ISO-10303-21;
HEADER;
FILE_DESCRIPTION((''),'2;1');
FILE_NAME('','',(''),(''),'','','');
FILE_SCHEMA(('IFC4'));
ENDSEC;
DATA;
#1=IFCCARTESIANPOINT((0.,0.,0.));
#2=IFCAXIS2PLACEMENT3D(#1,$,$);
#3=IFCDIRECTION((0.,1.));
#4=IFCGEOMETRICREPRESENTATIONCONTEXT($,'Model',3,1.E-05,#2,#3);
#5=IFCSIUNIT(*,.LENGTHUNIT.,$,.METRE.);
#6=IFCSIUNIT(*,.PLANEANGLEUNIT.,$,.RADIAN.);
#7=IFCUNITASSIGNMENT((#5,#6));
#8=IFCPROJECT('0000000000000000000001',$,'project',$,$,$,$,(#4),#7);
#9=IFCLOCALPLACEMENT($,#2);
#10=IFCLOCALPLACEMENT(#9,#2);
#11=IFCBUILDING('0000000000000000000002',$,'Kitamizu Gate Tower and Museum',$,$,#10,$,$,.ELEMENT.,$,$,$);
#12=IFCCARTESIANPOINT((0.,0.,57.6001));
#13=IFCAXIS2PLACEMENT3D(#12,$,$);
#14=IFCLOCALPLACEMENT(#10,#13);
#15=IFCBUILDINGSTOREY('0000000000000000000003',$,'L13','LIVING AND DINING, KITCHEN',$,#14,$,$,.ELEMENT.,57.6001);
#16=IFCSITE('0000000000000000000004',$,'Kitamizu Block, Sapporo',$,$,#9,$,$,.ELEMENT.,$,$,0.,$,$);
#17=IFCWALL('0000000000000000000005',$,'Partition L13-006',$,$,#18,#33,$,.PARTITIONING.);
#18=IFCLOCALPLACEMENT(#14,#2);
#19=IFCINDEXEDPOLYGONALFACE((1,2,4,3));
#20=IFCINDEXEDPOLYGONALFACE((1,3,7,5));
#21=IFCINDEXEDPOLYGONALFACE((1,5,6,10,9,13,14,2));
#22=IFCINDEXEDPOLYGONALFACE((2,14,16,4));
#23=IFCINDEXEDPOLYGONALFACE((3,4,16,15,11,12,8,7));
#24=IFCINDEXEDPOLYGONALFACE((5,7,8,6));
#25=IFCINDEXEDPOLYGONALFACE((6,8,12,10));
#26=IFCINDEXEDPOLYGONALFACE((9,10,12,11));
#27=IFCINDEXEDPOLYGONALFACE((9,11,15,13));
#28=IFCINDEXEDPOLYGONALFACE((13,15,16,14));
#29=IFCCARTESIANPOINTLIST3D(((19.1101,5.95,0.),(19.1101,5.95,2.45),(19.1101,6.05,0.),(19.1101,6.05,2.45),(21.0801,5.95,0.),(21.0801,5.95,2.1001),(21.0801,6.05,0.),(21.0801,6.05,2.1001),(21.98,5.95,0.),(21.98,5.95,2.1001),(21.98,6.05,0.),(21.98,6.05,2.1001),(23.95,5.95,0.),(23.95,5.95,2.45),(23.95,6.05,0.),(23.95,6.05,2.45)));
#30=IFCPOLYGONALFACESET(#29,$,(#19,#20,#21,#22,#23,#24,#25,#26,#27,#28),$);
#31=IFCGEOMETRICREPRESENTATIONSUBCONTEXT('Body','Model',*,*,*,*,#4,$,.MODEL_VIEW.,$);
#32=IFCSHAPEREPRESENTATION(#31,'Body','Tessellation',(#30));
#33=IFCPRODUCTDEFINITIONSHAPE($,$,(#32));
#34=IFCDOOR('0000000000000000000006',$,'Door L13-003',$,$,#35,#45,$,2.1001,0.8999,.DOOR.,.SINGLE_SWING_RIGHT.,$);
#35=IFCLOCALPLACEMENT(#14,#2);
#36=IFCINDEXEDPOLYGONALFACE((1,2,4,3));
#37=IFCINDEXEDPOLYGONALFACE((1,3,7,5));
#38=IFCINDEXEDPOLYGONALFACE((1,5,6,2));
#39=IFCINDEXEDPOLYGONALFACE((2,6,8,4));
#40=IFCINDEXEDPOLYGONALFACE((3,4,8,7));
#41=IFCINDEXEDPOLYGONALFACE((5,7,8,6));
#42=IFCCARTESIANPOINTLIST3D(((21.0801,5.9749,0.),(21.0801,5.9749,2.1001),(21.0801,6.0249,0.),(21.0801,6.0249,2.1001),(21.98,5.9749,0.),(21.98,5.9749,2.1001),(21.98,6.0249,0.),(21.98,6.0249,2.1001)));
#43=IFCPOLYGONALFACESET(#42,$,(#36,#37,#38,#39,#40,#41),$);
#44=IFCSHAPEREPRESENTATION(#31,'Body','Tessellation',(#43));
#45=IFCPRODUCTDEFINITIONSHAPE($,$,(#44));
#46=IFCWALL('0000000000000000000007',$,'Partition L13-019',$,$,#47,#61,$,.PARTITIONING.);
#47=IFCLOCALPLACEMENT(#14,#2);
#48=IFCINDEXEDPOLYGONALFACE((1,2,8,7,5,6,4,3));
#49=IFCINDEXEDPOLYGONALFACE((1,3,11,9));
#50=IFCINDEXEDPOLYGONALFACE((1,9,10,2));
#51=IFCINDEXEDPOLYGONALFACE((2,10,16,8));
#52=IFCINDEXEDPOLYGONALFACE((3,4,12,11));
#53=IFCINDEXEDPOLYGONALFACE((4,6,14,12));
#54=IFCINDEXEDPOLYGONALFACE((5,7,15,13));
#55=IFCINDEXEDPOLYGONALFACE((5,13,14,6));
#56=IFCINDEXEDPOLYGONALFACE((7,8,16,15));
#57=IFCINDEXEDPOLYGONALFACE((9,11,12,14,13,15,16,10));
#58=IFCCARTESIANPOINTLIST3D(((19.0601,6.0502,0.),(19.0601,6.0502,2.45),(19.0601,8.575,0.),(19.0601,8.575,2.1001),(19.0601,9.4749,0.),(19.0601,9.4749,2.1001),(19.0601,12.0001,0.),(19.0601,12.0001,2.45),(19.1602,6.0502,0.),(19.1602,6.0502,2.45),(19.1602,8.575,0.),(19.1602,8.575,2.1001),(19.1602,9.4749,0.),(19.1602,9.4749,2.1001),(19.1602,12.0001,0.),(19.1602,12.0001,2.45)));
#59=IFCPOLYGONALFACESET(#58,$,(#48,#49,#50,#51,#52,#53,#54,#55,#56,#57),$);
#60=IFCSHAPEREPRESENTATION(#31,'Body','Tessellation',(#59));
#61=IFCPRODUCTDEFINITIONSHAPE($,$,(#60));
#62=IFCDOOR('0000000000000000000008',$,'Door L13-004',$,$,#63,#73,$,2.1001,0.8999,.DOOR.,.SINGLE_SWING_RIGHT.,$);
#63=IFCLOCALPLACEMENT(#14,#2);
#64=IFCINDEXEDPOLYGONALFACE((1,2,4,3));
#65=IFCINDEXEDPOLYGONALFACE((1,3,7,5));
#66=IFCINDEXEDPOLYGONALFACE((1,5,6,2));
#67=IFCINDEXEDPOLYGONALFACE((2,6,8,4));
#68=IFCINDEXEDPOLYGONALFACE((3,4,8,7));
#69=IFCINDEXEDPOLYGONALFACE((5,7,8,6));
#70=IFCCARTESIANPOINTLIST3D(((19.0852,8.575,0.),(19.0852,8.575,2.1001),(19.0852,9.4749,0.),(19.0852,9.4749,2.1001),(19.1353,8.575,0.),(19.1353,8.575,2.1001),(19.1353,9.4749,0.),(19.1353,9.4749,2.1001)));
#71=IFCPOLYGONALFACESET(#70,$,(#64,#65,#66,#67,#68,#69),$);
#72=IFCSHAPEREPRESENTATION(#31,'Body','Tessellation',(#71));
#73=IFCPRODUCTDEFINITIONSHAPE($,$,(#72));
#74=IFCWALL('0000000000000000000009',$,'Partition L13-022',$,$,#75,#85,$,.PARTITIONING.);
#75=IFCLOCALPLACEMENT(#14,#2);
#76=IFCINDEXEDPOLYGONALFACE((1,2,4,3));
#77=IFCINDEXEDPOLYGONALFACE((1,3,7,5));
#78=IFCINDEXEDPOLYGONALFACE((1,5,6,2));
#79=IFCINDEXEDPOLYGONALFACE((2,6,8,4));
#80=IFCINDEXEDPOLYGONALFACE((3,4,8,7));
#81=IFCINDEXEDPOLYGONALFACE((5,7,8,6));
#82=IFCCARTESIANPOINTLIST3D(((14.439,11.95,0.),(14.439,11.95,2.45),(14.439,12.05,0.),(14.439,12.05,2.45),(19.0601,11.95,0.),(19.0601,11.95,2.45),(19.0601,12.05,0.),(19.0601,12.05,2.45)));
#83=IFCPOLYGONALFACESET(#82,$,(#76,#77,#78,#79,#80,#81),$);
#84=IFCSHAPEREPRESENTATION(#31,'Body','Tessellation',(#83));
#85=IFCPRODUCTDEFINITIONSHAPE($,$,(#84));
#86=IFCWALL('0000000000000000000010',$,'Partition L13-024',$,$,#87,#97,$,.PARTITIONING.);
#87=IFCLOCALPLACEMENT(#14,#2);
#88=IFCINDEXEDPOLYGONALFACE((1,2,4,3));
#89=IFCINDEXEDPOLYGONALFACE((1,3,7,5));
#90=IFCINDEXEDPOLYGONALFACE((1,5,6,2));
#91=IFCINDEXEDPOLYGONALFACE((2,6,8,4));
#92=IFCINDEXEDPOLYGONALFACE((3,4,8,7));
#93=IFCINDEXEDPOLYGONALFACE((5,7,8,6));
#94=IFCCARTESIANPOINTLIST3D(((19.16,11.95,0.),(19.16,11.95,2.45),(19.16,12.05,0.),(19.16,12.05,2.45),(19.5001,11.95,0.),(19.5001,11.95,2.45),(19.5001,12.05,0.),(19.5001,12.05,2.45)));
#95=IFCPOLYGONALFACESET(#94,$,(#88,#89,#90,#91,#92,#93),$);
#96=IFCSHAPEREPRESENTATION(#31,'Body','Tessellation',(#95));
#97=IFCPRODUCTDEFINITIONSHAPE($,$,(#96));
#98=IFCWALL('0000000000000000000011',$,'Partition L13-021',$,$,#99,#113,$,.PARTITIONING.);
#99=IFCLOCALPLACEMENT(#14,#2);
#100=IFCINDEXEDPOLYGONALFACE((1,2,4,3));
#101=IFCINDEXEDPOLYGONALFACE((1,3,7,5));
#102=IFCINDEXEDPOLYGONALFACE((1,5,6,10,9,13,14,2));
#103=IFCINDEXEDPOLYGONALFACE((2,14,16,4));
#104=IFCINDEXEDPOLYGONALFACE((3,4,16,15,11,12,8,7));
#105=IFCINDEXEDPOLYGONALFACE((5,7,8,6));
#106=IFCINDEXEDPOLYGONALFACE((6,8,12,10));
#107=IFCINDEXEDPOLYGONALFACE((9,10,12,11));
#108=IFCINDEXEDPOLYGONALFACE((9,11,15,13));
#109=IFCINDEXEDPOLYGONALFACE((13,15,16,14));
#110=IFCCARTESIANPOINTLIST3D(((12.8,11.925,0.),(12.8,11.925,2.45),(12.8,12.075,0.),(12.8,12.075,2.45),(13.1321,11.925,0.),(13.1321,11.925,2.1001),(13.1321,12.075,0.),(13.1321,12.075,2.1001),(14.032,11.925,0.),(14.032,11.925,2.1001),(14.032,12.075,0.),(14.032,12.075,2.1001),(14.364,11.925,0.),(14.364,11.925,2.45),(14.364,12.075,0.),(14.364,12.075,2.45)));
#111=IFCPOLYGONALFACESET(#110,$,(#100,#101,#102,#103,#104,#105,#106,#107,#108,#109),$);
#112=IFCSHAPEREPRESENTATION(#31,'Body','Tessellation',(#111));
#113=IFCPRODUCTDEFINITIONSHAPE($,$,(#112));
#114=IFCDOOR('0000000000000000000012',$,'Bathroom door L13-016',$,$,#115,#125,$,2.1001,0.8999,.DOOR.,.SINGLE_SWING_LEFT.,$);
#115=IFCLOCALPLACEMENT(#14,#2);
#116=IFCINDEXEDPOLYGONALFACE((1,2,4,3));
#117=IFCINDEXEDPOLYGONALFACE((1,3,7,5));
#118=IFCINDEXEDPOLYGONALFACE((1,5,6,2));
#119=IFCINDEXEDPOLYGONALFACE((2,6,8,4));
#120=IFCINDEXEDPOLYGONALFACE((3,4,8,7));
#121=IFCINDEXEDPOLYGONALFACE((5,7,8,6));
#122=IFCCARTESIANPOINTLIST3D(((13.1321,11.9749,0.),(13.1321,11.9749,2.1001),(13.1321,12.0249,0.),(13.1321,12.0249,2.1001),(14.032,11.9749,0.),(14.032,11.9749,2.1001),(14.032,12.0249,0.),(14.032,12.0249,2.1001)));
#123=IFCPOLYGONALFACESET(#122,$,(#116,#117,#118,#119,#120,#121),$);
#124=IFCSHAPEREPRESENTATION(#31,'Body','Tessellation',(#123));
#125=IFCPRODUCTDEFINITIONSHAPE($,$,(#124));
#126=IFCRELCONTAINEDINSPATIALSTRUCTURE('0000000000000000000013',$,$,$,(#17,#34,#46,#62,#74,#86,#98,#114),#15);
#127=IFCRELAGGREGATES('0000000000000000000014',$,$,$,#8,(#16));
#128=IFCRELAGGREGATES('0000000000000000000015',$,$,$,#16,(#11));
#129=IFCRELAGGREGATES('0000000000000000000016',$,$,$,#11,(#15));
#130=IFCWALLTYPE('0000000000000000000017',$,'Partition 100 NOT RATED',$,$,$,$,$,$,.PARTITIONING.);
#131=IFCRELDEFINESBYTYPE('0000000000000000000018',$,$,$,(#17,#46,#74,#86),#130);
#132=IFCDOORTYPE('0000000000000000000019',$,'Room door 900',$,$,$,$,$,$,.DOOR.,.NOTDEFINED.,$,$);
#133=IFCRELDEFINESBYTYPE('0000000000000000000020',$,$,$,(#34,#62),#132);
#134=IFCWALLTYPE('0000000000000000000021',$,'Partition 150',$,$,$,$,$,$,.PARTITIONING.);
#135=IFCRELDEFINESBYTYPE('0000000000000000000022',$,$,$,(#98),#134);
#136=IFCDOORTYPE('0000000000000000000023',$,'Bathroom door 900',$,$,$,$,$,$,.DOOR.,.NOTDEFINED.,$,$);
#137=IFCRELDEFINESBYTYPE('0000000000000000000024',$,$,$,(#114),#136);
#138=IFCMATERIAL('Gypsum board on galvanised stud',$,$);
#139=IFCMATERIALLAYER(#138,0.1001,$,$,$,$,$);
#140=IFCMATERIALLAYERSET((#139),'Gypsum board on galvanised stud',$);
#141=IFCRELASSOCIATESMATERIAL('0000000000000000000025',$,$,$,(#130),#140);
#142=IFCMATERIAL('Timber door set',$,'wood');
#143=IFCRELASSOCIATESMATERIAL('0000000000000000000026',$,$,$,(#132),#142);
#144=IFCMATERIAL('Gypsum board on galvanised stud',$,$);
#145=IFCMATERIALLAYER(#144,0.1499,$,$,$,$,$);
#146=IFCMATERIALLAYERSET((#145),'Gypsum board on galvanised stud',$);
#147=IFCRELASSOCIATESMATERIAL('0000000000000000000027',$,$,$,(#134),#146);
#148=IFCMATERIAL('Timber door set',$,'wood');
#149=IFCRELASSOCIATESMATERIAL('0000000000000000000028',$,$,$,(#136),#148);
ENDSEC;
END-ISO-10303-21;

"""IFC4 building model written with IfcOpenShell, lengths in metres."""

from ifc_helpers import new_model, si_unit, direction, frame, frame_2d, origin, place, context, subcontext, project, spatial, rectangle, extrude, material, layer, layer_set, type_object, element, fill, save


model = new_model("IFC4")

# Units and contexts
model_context = context("Model", 3, precision=1e-05, world=origin(), true_north=direction((0.0, 1.0)))
body_context = subcontext(model_context, "Body", "Model", "MODEL_VIEW")
ifc_project = project(units=[si_unit("LENGTHUNIT", "METRE"), si_unit("PLANEANGLEUNIT", "RADIAN")], contexts=[model_context])

# Site, building, storey
site_placement = place(None, origin())
site = spatial("IfcSite", under=ifc_project, at=site_placement, Name="Kitamizu Block, Sapporo", CompositionType="ELEMENT", RefElevation=0.0)
building_placement = place(site_placement, origin())
building = spatial("IfcBuilding", under=site, at=building_placement, Name="Kitamizu Gate Tower and Museum", CompositionType="ELEMENT")
storey_placement = place(building_placement, frame((0.0, 0.0, 57.6001)))
storey = spatial("IfcBuildingStorey", under=building, at=storey_placement, Name="L13", Description="LIVING AND DINING, KITCHEN", CompositionType="ELEMENT", Elevation=57.6001)

# Shared definitions
ifc_material_1 = material(Name="Gypsum board on galvanised stud")
ifc_layer_1 = layer(ifc_material_1, 0.1001)
ifc_layer_set_1 = layer_set([ifc_layer_1], Name="Gypsum board on galvanised stud")
wall_type_1 = type_object("IfcWallType", Name="Partition 100 NOT RATED", PredefinedType="PARTITIONING", material=ifc_layer_set_1)
ifc_material_2 = material(Name="Timber door set", Category="wood")
door_type_1 = type_object("IfcDoorType", Name="Room door 900", OperationType="NOTDEFINED", PredefinedType="DOOR", material=ifc_material_2)

# Walls, openings, doors
wall_1_placement = place(storey_placement, frame((23.95, 6.0, 0.0), z_axis=(0.0, 0.0, 1.0), x_axis=(-1.0, 0.0, 0.0)))
wall_1 = element("IfcWall", 1, at=wall_1_placement, inside=storey, type_object=wall_type_1, Name="Partition L13-006", PredefinedType="PARTITIONING", context=body_context, shape_type="SweptSolid", body=[
    extrude(rectangle(XDim=4.8398, YDim=0.1001, at=frame_2d((2.4199, 0.0))), origin(), (0.0, 0.0, 1.0), 2.45),
])
opening_1_placement = place(wall_1_placement, frame((1.97, 0.0, 0.0)))
opening_1 = element("IfcOpeningElement", 2, at=opening_1_placement, cuts=wall_1, PredefinedType="OPENING", context=body_context, shape_type="SweptSolid", body=[
    extrude(rectangle(XDim=0.8999, YDim=2.1001, at=frame_2d((0.45, 1.05))), frame((0.0, 0.0601, 0.0), z_axis=(0.0, -1.0, 0.0), x_axis=(1.0, 0.0, 0.0)), (0.0, 0.0, 1.0), 0.1201),
])
door_1_placement = place(opening_1_placement, frame((0.8999, 0.0, 0.0), x_axis=(-1.0, 0.0, 0.0)))
door_1 = element("IfcDoor", 3, at=door_1_placement, inside=storey, type_object=door_type_1, Name="Door L13-003", OperationType="SINGLE_SWING_RIGHT", OverallHeight=2.1001, OverallWidth=0.8999, PredefinedType="DOOR", context=body_context, shape_type="SweptSolid", body=[
    extrude(rectangle(XDim=0.8999, YDim=2.1001, at=frame_2d((0.45, 1.05))), frame((0.0, 0.0249, 0.0), z_axis=(0.0, -1.0, 0.0), x_axis=(1.0, 0.0, 0.0)), (0.0, 0.0, 1.0), 0.05),
])
fill(opening_1, door_1)
wall_2_placement = place(storey_placement, frame((19.1101, 6.05, 0.0), z_axis=(0.0, 0.0, 1.0), x_axis=(0.0, 1.0, 0.0)))
wall_2 = element("IfcWall", 4, at=wall_2_placement, inside=storey, type_object=wall_type_1, Name="Partition L13-019", PredefinedType="PARTITIONING", context=body_context, shape_type="SweptSolid", body=[
    extrude(rectangle(XDim=5.95, YDim=0.1001, at=frame_2d((2.9751, 0.0))), origin(), (0.0, 0.0, 1.0), 2.45),
])
opening_2_placement = place(wall_2_placement, frame((2.5249, 0.0, 0.0)))
opening_2 = element("IfcOpeningElement", 5, at=opening_2_placement, cuts=wall_2, PredefinedType="OPENING", context=body_context, shape_type="SweptSolid", body=[
    extrude(rectangle(XDim=0.8999, YDim=2.1001, at=frame_2d((0.45, 1.05))), frame((0.0, 0.0601, 0.0), z_axis=(0.0, -1.0, 0.0), x_axis=(1.0, 0.0, 0.0)), (0.0, 0.0, 1.0), 0.1201),
])
door_2_placement = place(opening_2_placement, origin())
door_2 = element("IfcDoor", 6, at=door_2_placement, inside=storey, type_object=door_type_1, Name="Door L13-004", OperationType="SINGLE_SWING_RIGHT", OverallHeight=2.1001, OverallWidth=0.8999, PredefinedType="DOOR", context=body_context, shape_type="SweptSolid", body=[
    extrude(rectangle(XDim=0.8999, YDim=2.1001, at=frame_2d((0.45, 1.05))), frame((0.0, 0.0249, 0.0), z_axis=(0.0, -1.0, 0.0), x_axis=(1.0, 0.0, 0.0)), (0.0, 0.0, 1.0), 0.05),
])
fill(opening_2, door_2)

# Walls
wall_3_placement = place(storey_placement, frame((19.0601, 12.0, 0.0), z_axis=(0.0, 0.0, 1.0), x_axis=(-1.0, 0.0, 0.0)))
element("IfcWall", 7, at=wall_3_placement, inside=storey, type_object=wall_type_1, Name="Partition L13-022", PredefinedType="PARTITIONING", context=body_context, shape_type="SweptSolid", body=[
    extrude(rectangle(XDim=4.6211, YDim=0.1001, at=frame_2d((2.3105, 0.0))), origin(), (0.0, 0.0, 1.0), 2.45),
])
wall_4_placement = place(storey_placement, frame((19.5, 12.0, 0.0), z_axis=(0.0, 0.0, 1.0), x_axis=(-1.0, 0.0, 0.0)))
element("IfcWall", 8, at=wall_4_placement, inside=storey, type_object=wall_type_1, Name="Partition L13-024", PredefinedType="PARTITIONING", context=body_context, shape_type="SweptSolid", body=[
    extrude(rectangle(XDim=0.3401, YDim=0.1001, at=frame_2d((0.1699, 0.0))), origin(), (0.0, 0.0, 1.0), 2.45),
])

# Wall, opening, door
ifc_material_3 = material(Name="Gypsum board on galvanised stud")
ifc_layer_2 = layer(ifc_material_3, 0.1499)
ifc_layer_set_2 = layer_set([ifc_layer_2], Name="Gypsum board on galvanised stud")
wall_type_2 = type_object("IfcWallType", Name="Partition 150", PredefinedType="PARTITIONING", material=ifc_layer_set_2)
wall_5_placement = place(storey_placement, frame((14.364, 12.0, 0.0), z_axis=(0.0, 0.0, 1.0), x_axis=(-1.0, 0.0, 0.0)))
wall_5 = element("IfcWall", 9, at=wall_5_placement, inside=storey, type_object=wall_type_2, Name="Partition L13-021", PredefinedType="PARTITIONING", context=body_context, shape_type="SweptSolid", body=[
    extrude(rectangle(XDim=1.564, YDim=0.1499, at=frame_2d((0.782, 0.0))), origin(), (0.0, 0.0, 1.0), 2.45),
])
opening_3_placement = place(wall_5_placement, frame((0.332, 0.0, 0.0)))
opening_3 = element("IfcOpeningElement", 10, at=opening_3_placement, cuts=wall_5, PredefinedType="OPENING", context=body_context, shape_type="SweptSolid", body=[
    extrude(rectangle(XDim=0.8999, YDim=2.1001, at=frame_2d((0.45, 1.05))), frame((0.0, 0.085, 0.0), z_axis=(0.0, -1.0, 0.0), x_axis=(1.0, 0.0, 0.0)), (0.0, 0.0, 1.0), 0.1699),
])
ifc_material_4 = material(Name="Timber door set", Category="wood")
door_type_2 = type_object("IfcDoorType", Name="Bathroom door 900", OperationType="NOTDEFINED", PredefinedType="DOOR", material=ifc_material_4)
door_3_placement = place(opening_3_placement, frame((0.8999, 0.0, 0.0), x_axis=(-1.0, 0.0, 0.0)))
door_3 = element("IfcDoor", 11, at=door_3_placement, inside=storey, type_object=door_type_2, Name="Bathroom door L13-016", OperationType="SINGLE_SWING_LEFT", OverallHeight=2.1001, OverallWidth=0.8999, PredefinedType="DOOR", context=body_context, shape_type="SweptSolid", body=[
    extrude(rectangle(XDim=0.8999, YDim=2.1001, at=frame_2d((0.45, 1.05))), frame((0.0, 0.0249, 0.0), z_axis=(0.0, -1.0, 0.0), x_axis=(1.0, 0.0, 0.0)), (0.0, 0.0, 1.0), 0.05),
])
fill(opening_3, door_3)

save(model, "model.ifc")
